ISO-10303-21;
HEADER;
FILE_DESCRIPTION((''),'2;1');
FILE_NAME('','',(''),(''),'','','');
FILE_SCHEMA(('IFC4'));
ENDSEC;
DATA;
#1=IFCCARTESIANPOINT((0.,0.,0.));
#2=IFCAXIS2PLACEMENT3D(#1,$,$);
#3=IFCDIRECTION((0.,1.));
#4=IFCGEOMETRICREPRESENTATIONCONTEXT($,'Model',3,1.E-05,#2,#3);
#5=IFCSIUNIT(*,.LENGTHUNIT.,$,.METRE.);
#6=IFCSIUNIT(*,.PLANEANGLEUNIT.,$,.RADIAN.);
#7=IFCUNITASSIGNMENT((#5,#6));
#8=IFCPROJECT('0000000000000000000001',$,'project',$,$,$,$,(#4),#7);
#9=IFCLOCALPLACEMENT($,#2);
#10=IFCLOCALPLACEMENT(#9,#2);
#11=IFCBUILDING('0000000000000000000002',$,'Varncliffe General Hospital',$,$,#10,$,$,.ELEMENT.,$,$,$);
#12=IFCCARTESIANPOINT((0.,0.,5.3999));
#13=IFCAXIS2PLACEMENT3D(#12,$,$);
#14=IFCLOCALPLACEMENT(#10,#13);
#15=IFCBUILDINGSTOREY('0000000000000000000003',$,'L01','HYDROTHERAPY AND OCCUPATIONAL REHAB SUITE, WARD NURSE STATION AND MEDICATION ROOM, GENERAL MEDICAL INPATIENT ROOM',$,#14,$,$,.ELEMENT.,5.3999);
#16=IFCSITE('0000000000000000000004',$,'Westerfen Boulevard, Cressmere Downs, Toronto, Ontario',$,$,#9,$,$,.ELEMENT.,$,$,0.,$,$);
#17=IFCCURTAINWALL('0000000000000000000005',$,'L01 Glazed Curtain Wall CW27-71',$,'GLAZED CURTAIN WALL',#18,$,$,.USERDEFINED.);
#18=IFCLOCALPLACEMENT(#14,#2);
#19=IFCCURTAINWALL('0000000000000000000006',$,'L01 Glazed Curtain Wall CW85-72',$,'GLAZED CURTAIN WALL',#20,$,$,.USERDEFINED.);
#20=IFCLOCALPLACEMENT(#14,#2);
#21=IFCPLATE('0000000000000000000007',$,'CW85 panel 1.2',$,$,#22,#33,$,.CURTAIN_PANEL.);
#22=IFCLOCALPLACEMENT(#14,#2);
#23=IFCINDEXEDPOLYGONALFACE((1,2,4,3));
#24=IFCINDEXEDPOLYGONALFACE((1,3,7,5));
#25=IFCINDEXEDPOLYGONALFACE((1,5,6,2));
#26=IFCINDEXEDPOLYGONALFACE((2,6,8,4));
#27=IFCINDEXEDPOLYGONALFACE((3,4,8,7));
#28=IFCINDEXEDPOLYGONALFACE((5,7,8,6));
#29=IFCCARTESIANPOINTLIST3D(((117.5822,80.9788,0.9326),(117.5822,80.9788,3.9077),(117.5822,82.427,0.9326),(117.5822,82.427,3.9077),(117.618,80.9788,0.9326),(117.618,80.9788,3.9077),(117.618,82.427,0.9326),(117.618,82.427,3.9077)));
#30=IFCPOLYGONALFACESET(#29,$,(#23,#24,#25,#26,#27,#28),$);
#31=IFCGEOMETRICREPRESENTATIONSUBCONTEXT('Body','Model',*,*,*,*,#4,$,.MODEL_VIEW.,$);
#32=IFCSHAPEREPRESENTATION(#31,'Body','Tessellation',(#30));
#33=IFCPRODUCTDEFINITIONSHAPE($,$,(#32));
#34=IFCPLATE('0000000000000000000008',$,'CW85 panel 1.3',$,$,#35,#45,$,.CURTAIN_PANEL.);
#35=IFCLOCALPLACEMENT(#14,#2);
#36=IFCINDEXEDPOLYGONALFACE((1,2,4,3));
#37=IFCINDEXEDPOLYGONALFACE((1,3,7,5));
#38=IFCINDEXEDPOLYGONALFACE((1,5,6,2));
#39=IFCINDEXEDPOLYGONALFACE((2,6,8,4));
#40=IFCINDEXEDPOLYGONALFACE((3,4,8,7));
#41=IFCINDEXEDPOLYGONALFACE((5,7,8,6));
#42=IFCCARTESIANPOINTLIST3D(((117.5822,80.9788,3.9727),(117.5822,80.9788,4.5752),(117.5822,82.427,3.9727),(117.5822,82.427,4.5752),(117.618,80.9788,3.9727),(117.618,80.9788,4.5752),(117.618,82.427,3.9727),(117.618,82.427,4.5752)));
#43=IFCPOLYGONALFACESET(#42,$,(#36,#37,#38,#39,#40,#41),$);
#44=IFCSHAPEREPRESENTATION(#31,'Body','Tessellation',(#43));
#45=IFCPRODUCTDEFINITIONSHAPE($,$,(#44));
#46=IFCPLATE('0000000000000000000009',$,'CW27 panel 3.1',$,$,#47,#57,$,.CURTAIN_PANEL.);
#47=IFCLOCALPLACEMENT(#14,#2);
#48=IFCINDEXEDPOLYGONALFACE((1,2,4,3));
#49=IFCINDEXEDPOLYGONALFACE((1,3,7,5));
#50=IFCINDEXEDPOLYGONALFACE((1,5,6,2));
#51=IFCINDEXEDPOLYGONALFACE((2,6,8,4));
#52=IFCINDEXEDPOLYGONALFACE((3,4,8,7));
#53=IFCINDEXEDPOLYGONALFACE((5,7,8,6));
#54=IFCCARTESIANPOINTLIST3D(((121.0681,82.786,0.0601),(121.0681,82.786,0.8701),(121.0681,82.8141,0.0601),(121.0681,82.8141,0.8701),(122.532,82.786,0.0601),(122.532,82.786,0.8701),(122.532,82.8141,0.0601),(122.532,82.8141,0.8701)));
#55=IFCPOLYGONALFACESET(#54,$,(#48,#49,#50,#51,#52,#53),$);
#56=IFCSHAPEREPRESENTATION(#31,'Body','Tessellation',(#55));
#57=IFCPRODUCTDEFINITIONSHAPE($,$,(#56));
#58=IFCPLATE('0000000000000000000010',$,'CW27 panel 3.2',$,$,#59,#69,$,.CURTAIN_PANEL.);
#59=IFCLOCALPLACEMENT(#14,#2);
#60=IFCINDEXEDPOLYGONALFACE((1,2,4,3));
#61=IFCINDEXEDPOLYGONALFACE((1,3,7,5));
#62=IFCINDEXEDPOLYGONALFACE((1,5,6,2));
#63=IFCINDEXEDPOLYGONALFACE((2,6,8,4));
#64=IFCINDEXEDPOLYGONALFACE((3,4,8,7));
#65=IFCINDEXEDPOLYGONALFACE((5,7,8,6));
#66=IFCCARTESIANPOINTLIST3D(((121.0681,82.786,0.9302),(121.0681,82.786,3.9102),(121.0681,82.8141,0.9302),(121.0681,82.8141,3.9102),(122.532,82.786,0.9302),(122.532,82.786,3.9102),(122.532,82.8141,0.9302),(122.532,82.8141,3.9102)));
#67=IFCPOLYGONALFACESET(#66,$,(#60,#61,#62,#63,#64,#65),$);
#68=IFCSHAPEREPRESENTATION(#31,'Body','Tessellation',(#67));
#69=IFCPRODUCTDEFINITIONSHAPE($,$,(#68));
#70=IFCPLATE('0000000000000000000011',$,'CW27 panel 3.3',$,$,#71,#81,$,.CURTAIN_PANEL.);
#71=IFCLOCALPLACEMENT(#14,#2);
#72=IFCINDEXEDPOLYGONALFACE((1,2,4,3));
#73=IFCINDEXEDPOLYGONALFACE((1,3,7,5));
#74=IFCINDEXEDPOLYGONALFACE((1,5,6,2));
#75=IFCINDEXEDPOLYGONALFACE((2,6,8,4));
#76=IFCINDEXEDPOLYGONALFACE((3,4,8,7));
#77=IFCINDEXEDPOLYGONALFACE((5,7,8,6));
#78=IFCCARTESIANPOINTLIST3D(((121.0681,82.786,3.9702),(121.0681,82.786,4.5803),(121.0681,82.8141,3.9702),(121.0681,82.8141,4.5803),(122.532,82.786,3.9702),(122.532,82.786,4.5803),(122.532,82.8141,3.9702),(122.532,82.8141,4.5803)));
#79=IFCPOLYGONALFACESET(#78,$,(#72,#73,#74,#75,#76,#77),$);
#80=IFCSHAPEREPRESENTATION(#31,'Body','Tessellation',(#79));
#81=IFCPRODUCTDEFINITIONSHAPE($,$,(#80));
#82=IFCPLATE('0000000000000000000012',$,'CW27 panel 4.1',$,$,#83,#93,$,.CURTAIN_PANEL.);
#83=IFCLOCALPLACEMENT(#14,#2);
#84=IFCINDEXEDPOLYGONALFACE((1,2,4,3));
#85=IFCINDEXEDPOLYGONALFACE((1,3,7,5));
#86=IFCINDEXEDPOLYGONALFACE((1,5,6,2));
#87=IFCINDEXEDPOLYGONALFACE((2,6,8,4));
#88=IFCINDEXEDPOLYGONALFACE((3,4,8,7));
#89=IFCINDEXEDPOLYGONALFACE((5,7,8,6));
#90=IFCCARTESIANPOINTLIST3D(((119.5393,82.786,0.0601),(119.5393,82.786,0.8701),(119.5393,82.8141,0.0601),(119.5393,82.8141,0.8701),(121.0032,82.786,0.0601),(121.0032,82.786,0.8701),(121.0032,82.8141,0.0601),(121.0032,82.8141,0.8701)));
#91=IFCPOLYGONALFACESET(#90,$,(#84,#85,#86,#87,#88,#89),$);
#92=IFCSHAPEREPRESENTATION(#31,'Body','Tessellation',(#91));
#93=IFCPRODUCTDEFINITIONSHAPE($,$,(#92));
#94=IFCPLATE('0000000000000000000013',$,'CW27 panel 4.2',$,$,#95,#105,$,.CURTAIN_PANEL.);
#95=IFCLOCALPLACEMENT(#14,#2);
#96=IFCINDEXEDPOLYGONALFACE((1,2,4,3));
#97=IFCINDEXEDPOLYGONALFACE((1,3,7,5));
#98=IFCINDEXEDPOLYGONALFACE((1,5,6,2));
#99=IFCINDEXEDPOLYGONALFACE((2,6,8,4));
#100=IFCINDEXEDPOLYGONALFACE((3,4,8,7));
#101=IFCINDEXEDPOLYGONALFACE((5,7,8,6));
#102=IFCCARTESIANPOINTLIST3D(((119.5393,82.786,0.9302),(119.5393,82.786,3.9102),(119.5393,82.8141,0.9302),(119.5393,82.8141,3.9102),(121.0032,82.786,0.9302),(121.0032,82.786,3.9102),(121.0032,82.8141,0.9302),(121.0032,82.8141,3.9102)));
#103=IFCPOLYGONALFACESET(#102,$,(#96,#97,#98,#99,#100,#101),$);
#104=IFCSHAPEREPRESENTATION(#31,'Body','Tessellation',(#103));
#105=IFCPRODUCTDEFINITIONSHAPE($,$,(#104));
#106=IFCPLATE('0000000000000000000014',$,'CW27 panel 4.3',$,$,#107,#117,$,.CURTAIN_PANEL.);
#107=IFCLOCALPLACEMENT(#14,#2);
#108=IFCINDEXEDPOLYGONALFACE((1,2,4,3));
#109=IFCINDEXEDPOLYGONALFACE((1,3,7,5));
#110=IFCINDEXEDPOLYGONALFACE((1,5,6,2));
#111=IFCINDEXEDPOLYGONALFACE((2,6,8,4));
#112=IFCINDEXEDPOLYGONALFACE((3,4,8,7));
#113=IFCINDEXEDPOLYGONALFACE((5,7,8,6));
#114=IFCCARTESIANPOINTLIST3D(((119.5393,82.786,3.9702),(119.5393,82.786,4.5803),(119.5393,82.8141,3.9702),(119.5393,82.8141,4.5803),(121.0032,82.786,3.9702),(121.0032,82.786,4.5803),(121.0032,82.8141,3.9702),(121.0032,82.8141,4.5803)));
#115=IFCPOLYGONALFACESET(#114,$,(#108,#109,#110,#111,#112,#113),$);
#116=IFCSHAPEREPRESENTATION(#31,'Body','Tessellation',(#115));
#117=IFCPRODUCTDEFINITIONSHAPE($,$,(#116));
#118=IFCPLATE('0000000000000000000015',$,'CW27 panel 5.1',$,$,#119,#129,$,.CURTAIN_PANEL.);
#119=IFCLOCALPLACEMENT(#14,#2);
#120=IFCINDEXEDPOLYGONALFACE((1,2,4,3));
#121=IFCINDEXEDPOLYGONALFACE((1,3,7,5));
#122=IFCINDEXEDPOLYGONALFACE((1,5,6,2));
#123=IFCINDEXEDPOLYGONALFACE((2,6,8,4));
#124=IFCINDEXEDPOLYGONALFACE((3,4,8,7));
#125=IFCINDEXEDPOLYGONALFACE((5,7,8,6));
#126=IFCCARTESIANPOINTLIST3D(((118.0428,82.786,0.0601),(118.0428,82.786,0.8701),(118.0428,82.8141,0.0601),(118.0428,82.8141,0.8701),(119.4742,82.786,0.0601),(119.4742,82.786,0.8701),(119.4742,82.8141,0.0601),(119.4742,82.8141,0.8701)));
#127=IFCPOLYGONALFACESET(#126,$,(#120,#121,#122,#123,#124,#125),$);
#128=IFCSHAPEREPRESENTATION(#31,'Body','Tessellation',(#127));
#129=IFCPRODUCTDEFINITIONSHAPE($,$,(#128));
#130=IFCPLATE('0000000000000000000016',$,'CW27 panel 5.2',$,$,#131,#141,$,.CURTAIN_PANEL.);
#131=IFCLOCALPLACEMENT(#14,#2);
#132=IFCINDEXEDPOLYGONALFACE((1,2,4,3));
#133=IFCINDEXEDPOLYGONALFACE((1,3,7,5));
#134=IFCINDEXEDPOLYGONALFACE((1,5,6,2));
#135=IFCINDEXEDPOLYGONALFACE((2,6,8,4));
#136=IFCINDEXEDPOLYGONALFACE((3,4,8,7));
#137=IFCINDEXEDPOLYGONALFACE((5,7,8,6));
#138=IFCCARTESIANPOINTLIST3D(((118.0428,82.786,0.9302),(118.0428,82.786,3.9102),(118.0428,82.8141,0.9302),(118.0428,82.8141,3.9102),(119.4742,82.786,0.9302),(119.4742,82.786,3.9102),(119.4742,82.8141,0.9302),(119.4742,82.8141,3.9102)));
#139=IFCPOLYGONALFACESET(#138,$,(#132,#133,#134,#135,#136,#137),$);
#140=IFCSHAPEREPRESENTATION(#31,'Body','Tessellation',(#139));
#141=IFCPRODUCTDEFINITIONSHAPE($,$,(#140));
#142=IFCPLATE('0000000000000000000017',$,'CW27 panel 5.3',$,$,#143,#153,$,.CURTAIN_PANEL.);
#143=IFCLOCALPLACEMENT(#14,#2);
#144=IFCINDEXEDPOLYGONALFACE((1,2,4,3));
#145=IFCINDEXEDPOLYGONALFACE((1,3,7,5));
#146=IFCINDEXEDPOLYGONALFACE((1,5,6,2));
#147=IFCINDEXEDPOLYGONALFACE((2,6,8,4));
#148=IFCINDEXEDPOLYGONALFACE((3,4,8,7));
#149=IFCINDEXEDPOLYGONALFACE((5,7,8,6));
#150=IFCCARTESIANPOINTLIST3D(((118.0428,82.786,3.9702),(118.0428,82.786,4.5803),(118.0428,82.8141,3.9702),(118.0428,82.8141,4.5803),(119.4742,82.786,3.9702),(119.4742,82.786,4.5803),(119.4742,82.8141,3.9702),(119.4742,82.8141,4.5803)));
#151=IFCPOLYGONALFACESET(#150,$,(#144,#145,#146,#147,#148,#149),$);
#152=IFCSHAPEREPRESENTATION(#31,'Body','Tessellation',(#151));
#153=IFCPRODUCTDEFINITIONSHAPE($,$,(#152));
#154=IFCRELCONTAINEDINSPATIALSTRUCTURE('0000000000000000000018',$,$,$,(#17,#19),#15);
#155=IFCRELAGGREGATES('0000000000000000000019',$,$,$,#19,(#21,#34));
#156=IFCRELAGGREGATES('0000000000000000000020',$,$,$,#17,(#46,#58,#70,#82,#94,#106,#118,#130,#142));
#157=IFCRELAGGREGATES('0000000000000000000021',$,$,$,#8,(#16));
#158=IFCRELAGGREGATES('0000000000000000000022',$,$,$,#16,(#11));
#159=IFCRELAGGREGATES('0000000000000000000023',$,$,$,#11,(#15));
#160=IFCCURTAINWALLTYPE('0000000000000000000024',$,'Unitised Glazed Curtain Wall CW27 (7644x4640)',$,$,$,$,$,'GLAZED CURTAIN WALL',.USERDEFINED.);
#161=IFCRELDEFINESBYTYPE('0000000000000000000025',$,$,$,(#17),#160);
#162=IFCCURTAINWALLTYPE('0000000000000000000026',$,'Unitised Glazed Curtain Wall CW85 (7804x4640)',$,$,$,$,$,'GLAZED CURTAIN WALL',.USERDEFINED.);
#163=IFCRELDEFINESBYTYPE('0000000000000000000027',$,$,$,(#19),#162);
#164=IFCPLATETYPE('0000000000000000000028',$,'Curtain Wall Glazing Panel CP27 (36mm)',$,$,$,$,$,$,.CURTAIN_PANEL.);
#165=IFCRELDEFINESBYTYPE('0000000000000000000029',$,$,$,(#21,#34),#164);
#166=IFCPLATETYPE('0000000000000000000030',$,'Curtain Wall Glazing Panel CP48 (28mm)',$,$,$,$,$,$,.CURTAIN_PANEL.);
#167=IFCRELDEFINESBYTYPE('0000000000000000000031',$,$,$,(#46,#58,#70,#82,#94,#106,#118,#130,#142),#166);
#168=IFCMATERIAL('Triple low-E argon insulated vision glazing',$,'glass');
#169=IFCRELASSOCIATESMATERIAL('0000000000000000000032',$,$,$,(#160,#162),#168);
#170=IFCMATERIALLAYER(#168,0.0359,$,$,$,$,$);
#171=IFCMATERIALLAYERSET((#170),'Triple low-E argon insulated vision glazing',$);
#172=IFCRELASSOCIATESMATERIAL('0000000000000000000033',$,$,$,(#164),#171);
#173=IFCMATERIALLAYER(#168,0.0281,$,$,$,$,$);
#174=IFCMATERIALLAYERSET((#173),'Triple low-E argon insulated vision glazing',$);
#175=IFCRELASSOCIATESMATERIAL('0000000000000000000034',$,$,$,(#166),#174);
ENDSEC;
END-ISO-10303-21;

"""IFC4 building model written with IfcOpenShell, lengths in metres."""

from ifc_helpers import new_model, si_unit, direction, frame, origin, origin_2d, place, context, subcontext, project, spatial, rectangle, extrude, material, layer, layer_set, type_object, element, aggregate, save


model = new_model("IFC4")

# Units and contexts
model_context = context("Model", 3, precision=1e-05, world=origin(), true_north=direction((0.0, 1.0)))
body_context = subcontext(model_context, "Body", "Model", "MODEL_VIEW")
ifc_project = project(units=[si_unit("LENGTHUNIT", "METRE"), si_unit("PLANEANGLEUNIT", "RADIAN")], contexts=[model_context])

# Site, building, storey
site_placement = place(None, origin())
site = spatial("IfcSite", under=ifc_project, at=site_placement, Name="Westerfen Boulevard, Cressmere Downs, Toronto, Ontario", CompositionType="ELEMENT", RefElevation=0.0)
building_placement = place(site_placement, origin())
building = spatial("IfcBuilding", under=site, at=building_placement, Name="Varncliffe General Hospital", CompositionType="ELEMENT")
storey_placement = place(building_placement, frame((0.0, 0.0, 5.3999)))
storey = spatial("IfcBuildingStorey", under=building, at=storey_placement, Name="L01", Description="HYDROTHERAPY AND OCCUPATIONAL REHAB SUITE, WARD NURSE STATION AND MEDICATION ROOM, GENERAL MEDICAL INPATIENT ROOM", CompositionType="ELEMENT", Elevation=5.3999)

# Curtain walls
ifc_material_1 = material(Name="Triple low-E argon insulated vision glazing", Category="glass")
curtain_wall_type_1 = type_object("IfcCurtainWallType", Name="Unitised Glazed Curtain Wall CW27 (7644x4640)", ElementType="GLAZED CURTAIN WALL", PredefinedType="USERDEFINED", material=ifc_material_1)
curtain_wall_1_placement = place(storey_placement, origin())
curtain_wall_1 = element("IfcCurtainWall", 1, at=curtain_wall_1_placement, inside=storey, type_object=curtain_wall_type_1, Name="L01 Glazed Curtain Wall CW27-71", ObjectType="GLAZED CURTAIN WALL", PredefinedType="USERDEFINED")
curtain_wall_type_2 = type_object("IfcCurtainWallType", Name="Unitised Glazed Curtain Wall CW85 (7804x4640)", ElementType="GLAZED CURTAIN WALL", PredefinedType="USERDEFINED", material=ifc_material_1)
curtain_wall_2_placement = place(storey_placement, origin())
curtain_wall_2 = element("IfcCurtainWall", 2, at=curtain_wall_2_placement, inside=storey, type_object=curtain_wall_type_2, Name="L01 Glazed Curtain Wall CW85-72", ObjectType="GLAZED CURTAIN WALL", PredefinedType="USERDEFINED")

# Plates
ifc_layer_1 = layer(ifc_material_1, 0.0359)
ifc_layer_set_1 = layer_set([ifc_layer_1], Name="Triple low-E argon insulated vision glazing")
plate_type_1 = type_object("IfcPlateType", Name="Curtain Wall Glazing Panel CP27 (36mm)", PredefinedType="CURTAIN_PANEL", material=ifc_layer_set_1)
plate_1_placement = place(storey_placement, frame((117.6001, 81.7029, 0.9326), z_axis=(0.0, 0.0, 1.0), x_axis=(0.0, -1.0, 0.0)))
plate_1 = element("IfcPlate", 3, at=plate_1_placement, type_object=plate_type_1, Name="CW85 panel 1.2", PredefinedType="CURTAIN_PANEL", context=body_context, shape_type="SweptSolid", body=[
    extrude(rectangle(XDim=1.4482, YDim=0.0359, at=origin_2d()), origin(), (0.0, 0.0, 1.0), 2.9751),
])
plate_2_placement = place(storey_placement, frame((117.6001, 81.7029, 3.9727), z_axis=(0.0, 0.0, 1.0), x_axis=(0.0, -1.0, 0.0)))
plate_2 = element("IfcPlate", 4, at=plate_2_placement, type_object=plate_type_1, Name="CW85 panel 1.3", PredefinedType="CURTAIN_PANEL", context=body_context, shape_type="SweptSolid", body=[
    extrude(rectangle(XDim=1.4482, YDim=0.0359, at=origin_2d()), origin(), (0.0, 0.0, 1.0), 0.6025),
])
aggregate(curtain_wall_2, [plate_1, plate_2])
ifc_layer_2 = layer(ifc_material_1, 0.0281)
ifc_layer_set_2 = layer_set([ifc_layer_2], Name="Triple low-E argon insulated vision glazing")
plate_type_2 = type_object("IfcPlateType", Name="Curtain Wall Glazing Panel CP48 (28mm)", PredefinedType="CURTAIN_PANEL", material=ifc_layer_set_2)
plate_3_placement = place(storey_placement, frame((121.8, 82.8, 0.0601), z_axis=(0.0, 0.0, 1.0), x_axis=(-1.0, 0.0, 0.0)))
plate_3 = element("IfcPlate", 5, at=plate_3_placement, type_object=plate_type_2, Name="CW27 panel 3.1", PredefinedType="CURTAIN_PANEL", context=body_context, shape_type="SweptSolid", body=[
    extrude(rectangle(XDim=1.4639, YDim=0.0281, at=origin_2d()), origin(), (0.0, 0.0, 1.0), 0.8101),
])
plate_4_placement = place(storey_placement, frame((121.8, 82.8, 0.9302), z_axis=(0.0, 0.0, 1.0), x_axis=(-1.0, 0.0, 0.0)))
plate_4 = element("IfcPlate", 6, at=plate_4_placement, type_object=plate_type_2, Name="CW27 panel 3.2", PredefinedType="CURTAIN_PANEL", context=body_context, shape_type="SweptSolid", body=[
    extrude(rectangle(XDim=1.4639, YDim=0.0281, at=origin_2d()), origin(), (0.0, 0.0, 1.0), 2.98),
])
plate_5_placement = place(storey_placement, frame((121.8, 82.8, 3.9702), z_axis=(0.0, 0.0, 1.0), x_axis=(-1.0, 0.0, 0.0)))
plate_5 = element("IfcPlate", 7, at=plate_5_placement, type_object=plate_type_2, Name="CW27 panel 3.3", PredefinedType="CURTAIN_PANEL", context=body_context, shape_type="SweptSolid", body=[
    extrude(rectangle(XDim=1.4639, YDim=0.0281, at=origin_2d()), origin(), (0.0, 0.0, 1.0), 0.6101),
])
plate_6_placement = place(storey_placement, frame((120.2712, 82.8, 0.0601), z_axis=(0.0, 0.0, 1.0), x_axis=(-1.0, 0.0, 0.0)))
plate_6 = element("IfcPlate", 8, at=plate_6_placement, type_object=plate_type_2, Name="CW27 panel 4.1", PredefinedType="CURTAIN_PANEL", context=body_context, shape_type="SweptSolid", body=[
    extrude(rectangle(XDim=1.4639, YDim=0.0281, at=origin_2d()), origin(), (0.0, 0.0, 1.0), 0.8101),
])
plate_7_placement = place(storey_placement, frame((120.2712, 82.8, 0.9302), z_axis=(0.0, 0.0, 1.0), x_axis=(-1.0, 0.0, 0.0)))
plate_7 = element("IfcPlate", 9, at=plate_7_placement, type_object=plate_type_2, Name="CW27 panel 4.2", PredefinedType="CURTAIN_PANEL", context=body_context, shape_type="SweptSolid", body=[
    extrude(rectangle(XDim=1.4639, YDim=0.0281, at=origin_2d()), origin(), (0.0, 0.0, 1.0), 2.98),
])
plate_8_placement = place(storey_placement, frame((120.2712, 82.8, 3.9702), z_axis=(0.0, 0.0, 1.0), x_axis=(-1.0, 0.0, 0.0)))
plate_8 = element("IfcPlate", 10, at=plate_8_placement, type_object=plate_type_2, Name="CW27 panel 4.3", PredefinedType="CURTAIN_PANEL", context=body_context, shape_type="SweptSolid", body=[
    extrude(rectangle(XDim=1.4639, YDim=0.0281, at=origin_2d()), origin(), (0.0, 0.0, 1.0), 0.6101),
])
plate_9_placement = place(storey_placement, frame((118.7585, 82.8, 0.0601), z_axis=(0.0, 0.0, 1.0), x_axis=(-1.0, 0.0, 0.0)))
plate_9 = element("IfcPlate", 11, at=plate_9_placement, type_object=plate_type_2, Name="CW27 panel 5.1", PredefinedType="CURTAIN_PANEL", context=body_context, shape_type="SweptSolid", body=[
    extrude(rectangle(XDim=1.4314, YDim=0.0281, at=origin_2d()), origin(), (0.0, 0.0, 1.0), 0.8101),
])
plate_10_placement = place(storey_placement, frame((118.7585, 82.8, 0.9302), z_axis=(0.0, 0.0, 1.0), x_axis=(-1.0, 0.0, 0.0)))
plate_10 = element("IfcPlate", 12, at=plate_10_placement, type_object=plate_type_2, Name="CW27 panel 5.2", PredefinedType="CURTAIN_PANEL", context=body_context, shape_type="SweptSolid", body=[
    extrude(rectangle(XDim=1.4314, YDim=0.0281, at=origin_2d()), origin(), (0.0, 0.0, 1.0), 2.98),
])
plate_11_placement = place(storey_placement, frame((118.7585, 82.8, 3.9702), z_axis=(0.0, 0.0, 1.0), x_axis=(-1.0, 0.0, 0.0)))
plate_11 = element("IfcPlate", 13, at=plate_11_placement, type_object=plate_type_2, Name="CW27 panel 5.3", PredefinedType="CURTAIN_PANEL", context=body_context, shape_type="SweptSolid", body=[
    extrude(rectangle(XDim=1.4314, YDim=0.0281, at=origin_2d()), origin(), (0.0, 0.0, 1.0), 0.6101),
])
aggregate(curtain_wall_1, [plate_3, plate_4, plate_5, plate_6, plate_7, plate_8, plate_9, plate_10, plate_11])

save(model, "model.ifc")
